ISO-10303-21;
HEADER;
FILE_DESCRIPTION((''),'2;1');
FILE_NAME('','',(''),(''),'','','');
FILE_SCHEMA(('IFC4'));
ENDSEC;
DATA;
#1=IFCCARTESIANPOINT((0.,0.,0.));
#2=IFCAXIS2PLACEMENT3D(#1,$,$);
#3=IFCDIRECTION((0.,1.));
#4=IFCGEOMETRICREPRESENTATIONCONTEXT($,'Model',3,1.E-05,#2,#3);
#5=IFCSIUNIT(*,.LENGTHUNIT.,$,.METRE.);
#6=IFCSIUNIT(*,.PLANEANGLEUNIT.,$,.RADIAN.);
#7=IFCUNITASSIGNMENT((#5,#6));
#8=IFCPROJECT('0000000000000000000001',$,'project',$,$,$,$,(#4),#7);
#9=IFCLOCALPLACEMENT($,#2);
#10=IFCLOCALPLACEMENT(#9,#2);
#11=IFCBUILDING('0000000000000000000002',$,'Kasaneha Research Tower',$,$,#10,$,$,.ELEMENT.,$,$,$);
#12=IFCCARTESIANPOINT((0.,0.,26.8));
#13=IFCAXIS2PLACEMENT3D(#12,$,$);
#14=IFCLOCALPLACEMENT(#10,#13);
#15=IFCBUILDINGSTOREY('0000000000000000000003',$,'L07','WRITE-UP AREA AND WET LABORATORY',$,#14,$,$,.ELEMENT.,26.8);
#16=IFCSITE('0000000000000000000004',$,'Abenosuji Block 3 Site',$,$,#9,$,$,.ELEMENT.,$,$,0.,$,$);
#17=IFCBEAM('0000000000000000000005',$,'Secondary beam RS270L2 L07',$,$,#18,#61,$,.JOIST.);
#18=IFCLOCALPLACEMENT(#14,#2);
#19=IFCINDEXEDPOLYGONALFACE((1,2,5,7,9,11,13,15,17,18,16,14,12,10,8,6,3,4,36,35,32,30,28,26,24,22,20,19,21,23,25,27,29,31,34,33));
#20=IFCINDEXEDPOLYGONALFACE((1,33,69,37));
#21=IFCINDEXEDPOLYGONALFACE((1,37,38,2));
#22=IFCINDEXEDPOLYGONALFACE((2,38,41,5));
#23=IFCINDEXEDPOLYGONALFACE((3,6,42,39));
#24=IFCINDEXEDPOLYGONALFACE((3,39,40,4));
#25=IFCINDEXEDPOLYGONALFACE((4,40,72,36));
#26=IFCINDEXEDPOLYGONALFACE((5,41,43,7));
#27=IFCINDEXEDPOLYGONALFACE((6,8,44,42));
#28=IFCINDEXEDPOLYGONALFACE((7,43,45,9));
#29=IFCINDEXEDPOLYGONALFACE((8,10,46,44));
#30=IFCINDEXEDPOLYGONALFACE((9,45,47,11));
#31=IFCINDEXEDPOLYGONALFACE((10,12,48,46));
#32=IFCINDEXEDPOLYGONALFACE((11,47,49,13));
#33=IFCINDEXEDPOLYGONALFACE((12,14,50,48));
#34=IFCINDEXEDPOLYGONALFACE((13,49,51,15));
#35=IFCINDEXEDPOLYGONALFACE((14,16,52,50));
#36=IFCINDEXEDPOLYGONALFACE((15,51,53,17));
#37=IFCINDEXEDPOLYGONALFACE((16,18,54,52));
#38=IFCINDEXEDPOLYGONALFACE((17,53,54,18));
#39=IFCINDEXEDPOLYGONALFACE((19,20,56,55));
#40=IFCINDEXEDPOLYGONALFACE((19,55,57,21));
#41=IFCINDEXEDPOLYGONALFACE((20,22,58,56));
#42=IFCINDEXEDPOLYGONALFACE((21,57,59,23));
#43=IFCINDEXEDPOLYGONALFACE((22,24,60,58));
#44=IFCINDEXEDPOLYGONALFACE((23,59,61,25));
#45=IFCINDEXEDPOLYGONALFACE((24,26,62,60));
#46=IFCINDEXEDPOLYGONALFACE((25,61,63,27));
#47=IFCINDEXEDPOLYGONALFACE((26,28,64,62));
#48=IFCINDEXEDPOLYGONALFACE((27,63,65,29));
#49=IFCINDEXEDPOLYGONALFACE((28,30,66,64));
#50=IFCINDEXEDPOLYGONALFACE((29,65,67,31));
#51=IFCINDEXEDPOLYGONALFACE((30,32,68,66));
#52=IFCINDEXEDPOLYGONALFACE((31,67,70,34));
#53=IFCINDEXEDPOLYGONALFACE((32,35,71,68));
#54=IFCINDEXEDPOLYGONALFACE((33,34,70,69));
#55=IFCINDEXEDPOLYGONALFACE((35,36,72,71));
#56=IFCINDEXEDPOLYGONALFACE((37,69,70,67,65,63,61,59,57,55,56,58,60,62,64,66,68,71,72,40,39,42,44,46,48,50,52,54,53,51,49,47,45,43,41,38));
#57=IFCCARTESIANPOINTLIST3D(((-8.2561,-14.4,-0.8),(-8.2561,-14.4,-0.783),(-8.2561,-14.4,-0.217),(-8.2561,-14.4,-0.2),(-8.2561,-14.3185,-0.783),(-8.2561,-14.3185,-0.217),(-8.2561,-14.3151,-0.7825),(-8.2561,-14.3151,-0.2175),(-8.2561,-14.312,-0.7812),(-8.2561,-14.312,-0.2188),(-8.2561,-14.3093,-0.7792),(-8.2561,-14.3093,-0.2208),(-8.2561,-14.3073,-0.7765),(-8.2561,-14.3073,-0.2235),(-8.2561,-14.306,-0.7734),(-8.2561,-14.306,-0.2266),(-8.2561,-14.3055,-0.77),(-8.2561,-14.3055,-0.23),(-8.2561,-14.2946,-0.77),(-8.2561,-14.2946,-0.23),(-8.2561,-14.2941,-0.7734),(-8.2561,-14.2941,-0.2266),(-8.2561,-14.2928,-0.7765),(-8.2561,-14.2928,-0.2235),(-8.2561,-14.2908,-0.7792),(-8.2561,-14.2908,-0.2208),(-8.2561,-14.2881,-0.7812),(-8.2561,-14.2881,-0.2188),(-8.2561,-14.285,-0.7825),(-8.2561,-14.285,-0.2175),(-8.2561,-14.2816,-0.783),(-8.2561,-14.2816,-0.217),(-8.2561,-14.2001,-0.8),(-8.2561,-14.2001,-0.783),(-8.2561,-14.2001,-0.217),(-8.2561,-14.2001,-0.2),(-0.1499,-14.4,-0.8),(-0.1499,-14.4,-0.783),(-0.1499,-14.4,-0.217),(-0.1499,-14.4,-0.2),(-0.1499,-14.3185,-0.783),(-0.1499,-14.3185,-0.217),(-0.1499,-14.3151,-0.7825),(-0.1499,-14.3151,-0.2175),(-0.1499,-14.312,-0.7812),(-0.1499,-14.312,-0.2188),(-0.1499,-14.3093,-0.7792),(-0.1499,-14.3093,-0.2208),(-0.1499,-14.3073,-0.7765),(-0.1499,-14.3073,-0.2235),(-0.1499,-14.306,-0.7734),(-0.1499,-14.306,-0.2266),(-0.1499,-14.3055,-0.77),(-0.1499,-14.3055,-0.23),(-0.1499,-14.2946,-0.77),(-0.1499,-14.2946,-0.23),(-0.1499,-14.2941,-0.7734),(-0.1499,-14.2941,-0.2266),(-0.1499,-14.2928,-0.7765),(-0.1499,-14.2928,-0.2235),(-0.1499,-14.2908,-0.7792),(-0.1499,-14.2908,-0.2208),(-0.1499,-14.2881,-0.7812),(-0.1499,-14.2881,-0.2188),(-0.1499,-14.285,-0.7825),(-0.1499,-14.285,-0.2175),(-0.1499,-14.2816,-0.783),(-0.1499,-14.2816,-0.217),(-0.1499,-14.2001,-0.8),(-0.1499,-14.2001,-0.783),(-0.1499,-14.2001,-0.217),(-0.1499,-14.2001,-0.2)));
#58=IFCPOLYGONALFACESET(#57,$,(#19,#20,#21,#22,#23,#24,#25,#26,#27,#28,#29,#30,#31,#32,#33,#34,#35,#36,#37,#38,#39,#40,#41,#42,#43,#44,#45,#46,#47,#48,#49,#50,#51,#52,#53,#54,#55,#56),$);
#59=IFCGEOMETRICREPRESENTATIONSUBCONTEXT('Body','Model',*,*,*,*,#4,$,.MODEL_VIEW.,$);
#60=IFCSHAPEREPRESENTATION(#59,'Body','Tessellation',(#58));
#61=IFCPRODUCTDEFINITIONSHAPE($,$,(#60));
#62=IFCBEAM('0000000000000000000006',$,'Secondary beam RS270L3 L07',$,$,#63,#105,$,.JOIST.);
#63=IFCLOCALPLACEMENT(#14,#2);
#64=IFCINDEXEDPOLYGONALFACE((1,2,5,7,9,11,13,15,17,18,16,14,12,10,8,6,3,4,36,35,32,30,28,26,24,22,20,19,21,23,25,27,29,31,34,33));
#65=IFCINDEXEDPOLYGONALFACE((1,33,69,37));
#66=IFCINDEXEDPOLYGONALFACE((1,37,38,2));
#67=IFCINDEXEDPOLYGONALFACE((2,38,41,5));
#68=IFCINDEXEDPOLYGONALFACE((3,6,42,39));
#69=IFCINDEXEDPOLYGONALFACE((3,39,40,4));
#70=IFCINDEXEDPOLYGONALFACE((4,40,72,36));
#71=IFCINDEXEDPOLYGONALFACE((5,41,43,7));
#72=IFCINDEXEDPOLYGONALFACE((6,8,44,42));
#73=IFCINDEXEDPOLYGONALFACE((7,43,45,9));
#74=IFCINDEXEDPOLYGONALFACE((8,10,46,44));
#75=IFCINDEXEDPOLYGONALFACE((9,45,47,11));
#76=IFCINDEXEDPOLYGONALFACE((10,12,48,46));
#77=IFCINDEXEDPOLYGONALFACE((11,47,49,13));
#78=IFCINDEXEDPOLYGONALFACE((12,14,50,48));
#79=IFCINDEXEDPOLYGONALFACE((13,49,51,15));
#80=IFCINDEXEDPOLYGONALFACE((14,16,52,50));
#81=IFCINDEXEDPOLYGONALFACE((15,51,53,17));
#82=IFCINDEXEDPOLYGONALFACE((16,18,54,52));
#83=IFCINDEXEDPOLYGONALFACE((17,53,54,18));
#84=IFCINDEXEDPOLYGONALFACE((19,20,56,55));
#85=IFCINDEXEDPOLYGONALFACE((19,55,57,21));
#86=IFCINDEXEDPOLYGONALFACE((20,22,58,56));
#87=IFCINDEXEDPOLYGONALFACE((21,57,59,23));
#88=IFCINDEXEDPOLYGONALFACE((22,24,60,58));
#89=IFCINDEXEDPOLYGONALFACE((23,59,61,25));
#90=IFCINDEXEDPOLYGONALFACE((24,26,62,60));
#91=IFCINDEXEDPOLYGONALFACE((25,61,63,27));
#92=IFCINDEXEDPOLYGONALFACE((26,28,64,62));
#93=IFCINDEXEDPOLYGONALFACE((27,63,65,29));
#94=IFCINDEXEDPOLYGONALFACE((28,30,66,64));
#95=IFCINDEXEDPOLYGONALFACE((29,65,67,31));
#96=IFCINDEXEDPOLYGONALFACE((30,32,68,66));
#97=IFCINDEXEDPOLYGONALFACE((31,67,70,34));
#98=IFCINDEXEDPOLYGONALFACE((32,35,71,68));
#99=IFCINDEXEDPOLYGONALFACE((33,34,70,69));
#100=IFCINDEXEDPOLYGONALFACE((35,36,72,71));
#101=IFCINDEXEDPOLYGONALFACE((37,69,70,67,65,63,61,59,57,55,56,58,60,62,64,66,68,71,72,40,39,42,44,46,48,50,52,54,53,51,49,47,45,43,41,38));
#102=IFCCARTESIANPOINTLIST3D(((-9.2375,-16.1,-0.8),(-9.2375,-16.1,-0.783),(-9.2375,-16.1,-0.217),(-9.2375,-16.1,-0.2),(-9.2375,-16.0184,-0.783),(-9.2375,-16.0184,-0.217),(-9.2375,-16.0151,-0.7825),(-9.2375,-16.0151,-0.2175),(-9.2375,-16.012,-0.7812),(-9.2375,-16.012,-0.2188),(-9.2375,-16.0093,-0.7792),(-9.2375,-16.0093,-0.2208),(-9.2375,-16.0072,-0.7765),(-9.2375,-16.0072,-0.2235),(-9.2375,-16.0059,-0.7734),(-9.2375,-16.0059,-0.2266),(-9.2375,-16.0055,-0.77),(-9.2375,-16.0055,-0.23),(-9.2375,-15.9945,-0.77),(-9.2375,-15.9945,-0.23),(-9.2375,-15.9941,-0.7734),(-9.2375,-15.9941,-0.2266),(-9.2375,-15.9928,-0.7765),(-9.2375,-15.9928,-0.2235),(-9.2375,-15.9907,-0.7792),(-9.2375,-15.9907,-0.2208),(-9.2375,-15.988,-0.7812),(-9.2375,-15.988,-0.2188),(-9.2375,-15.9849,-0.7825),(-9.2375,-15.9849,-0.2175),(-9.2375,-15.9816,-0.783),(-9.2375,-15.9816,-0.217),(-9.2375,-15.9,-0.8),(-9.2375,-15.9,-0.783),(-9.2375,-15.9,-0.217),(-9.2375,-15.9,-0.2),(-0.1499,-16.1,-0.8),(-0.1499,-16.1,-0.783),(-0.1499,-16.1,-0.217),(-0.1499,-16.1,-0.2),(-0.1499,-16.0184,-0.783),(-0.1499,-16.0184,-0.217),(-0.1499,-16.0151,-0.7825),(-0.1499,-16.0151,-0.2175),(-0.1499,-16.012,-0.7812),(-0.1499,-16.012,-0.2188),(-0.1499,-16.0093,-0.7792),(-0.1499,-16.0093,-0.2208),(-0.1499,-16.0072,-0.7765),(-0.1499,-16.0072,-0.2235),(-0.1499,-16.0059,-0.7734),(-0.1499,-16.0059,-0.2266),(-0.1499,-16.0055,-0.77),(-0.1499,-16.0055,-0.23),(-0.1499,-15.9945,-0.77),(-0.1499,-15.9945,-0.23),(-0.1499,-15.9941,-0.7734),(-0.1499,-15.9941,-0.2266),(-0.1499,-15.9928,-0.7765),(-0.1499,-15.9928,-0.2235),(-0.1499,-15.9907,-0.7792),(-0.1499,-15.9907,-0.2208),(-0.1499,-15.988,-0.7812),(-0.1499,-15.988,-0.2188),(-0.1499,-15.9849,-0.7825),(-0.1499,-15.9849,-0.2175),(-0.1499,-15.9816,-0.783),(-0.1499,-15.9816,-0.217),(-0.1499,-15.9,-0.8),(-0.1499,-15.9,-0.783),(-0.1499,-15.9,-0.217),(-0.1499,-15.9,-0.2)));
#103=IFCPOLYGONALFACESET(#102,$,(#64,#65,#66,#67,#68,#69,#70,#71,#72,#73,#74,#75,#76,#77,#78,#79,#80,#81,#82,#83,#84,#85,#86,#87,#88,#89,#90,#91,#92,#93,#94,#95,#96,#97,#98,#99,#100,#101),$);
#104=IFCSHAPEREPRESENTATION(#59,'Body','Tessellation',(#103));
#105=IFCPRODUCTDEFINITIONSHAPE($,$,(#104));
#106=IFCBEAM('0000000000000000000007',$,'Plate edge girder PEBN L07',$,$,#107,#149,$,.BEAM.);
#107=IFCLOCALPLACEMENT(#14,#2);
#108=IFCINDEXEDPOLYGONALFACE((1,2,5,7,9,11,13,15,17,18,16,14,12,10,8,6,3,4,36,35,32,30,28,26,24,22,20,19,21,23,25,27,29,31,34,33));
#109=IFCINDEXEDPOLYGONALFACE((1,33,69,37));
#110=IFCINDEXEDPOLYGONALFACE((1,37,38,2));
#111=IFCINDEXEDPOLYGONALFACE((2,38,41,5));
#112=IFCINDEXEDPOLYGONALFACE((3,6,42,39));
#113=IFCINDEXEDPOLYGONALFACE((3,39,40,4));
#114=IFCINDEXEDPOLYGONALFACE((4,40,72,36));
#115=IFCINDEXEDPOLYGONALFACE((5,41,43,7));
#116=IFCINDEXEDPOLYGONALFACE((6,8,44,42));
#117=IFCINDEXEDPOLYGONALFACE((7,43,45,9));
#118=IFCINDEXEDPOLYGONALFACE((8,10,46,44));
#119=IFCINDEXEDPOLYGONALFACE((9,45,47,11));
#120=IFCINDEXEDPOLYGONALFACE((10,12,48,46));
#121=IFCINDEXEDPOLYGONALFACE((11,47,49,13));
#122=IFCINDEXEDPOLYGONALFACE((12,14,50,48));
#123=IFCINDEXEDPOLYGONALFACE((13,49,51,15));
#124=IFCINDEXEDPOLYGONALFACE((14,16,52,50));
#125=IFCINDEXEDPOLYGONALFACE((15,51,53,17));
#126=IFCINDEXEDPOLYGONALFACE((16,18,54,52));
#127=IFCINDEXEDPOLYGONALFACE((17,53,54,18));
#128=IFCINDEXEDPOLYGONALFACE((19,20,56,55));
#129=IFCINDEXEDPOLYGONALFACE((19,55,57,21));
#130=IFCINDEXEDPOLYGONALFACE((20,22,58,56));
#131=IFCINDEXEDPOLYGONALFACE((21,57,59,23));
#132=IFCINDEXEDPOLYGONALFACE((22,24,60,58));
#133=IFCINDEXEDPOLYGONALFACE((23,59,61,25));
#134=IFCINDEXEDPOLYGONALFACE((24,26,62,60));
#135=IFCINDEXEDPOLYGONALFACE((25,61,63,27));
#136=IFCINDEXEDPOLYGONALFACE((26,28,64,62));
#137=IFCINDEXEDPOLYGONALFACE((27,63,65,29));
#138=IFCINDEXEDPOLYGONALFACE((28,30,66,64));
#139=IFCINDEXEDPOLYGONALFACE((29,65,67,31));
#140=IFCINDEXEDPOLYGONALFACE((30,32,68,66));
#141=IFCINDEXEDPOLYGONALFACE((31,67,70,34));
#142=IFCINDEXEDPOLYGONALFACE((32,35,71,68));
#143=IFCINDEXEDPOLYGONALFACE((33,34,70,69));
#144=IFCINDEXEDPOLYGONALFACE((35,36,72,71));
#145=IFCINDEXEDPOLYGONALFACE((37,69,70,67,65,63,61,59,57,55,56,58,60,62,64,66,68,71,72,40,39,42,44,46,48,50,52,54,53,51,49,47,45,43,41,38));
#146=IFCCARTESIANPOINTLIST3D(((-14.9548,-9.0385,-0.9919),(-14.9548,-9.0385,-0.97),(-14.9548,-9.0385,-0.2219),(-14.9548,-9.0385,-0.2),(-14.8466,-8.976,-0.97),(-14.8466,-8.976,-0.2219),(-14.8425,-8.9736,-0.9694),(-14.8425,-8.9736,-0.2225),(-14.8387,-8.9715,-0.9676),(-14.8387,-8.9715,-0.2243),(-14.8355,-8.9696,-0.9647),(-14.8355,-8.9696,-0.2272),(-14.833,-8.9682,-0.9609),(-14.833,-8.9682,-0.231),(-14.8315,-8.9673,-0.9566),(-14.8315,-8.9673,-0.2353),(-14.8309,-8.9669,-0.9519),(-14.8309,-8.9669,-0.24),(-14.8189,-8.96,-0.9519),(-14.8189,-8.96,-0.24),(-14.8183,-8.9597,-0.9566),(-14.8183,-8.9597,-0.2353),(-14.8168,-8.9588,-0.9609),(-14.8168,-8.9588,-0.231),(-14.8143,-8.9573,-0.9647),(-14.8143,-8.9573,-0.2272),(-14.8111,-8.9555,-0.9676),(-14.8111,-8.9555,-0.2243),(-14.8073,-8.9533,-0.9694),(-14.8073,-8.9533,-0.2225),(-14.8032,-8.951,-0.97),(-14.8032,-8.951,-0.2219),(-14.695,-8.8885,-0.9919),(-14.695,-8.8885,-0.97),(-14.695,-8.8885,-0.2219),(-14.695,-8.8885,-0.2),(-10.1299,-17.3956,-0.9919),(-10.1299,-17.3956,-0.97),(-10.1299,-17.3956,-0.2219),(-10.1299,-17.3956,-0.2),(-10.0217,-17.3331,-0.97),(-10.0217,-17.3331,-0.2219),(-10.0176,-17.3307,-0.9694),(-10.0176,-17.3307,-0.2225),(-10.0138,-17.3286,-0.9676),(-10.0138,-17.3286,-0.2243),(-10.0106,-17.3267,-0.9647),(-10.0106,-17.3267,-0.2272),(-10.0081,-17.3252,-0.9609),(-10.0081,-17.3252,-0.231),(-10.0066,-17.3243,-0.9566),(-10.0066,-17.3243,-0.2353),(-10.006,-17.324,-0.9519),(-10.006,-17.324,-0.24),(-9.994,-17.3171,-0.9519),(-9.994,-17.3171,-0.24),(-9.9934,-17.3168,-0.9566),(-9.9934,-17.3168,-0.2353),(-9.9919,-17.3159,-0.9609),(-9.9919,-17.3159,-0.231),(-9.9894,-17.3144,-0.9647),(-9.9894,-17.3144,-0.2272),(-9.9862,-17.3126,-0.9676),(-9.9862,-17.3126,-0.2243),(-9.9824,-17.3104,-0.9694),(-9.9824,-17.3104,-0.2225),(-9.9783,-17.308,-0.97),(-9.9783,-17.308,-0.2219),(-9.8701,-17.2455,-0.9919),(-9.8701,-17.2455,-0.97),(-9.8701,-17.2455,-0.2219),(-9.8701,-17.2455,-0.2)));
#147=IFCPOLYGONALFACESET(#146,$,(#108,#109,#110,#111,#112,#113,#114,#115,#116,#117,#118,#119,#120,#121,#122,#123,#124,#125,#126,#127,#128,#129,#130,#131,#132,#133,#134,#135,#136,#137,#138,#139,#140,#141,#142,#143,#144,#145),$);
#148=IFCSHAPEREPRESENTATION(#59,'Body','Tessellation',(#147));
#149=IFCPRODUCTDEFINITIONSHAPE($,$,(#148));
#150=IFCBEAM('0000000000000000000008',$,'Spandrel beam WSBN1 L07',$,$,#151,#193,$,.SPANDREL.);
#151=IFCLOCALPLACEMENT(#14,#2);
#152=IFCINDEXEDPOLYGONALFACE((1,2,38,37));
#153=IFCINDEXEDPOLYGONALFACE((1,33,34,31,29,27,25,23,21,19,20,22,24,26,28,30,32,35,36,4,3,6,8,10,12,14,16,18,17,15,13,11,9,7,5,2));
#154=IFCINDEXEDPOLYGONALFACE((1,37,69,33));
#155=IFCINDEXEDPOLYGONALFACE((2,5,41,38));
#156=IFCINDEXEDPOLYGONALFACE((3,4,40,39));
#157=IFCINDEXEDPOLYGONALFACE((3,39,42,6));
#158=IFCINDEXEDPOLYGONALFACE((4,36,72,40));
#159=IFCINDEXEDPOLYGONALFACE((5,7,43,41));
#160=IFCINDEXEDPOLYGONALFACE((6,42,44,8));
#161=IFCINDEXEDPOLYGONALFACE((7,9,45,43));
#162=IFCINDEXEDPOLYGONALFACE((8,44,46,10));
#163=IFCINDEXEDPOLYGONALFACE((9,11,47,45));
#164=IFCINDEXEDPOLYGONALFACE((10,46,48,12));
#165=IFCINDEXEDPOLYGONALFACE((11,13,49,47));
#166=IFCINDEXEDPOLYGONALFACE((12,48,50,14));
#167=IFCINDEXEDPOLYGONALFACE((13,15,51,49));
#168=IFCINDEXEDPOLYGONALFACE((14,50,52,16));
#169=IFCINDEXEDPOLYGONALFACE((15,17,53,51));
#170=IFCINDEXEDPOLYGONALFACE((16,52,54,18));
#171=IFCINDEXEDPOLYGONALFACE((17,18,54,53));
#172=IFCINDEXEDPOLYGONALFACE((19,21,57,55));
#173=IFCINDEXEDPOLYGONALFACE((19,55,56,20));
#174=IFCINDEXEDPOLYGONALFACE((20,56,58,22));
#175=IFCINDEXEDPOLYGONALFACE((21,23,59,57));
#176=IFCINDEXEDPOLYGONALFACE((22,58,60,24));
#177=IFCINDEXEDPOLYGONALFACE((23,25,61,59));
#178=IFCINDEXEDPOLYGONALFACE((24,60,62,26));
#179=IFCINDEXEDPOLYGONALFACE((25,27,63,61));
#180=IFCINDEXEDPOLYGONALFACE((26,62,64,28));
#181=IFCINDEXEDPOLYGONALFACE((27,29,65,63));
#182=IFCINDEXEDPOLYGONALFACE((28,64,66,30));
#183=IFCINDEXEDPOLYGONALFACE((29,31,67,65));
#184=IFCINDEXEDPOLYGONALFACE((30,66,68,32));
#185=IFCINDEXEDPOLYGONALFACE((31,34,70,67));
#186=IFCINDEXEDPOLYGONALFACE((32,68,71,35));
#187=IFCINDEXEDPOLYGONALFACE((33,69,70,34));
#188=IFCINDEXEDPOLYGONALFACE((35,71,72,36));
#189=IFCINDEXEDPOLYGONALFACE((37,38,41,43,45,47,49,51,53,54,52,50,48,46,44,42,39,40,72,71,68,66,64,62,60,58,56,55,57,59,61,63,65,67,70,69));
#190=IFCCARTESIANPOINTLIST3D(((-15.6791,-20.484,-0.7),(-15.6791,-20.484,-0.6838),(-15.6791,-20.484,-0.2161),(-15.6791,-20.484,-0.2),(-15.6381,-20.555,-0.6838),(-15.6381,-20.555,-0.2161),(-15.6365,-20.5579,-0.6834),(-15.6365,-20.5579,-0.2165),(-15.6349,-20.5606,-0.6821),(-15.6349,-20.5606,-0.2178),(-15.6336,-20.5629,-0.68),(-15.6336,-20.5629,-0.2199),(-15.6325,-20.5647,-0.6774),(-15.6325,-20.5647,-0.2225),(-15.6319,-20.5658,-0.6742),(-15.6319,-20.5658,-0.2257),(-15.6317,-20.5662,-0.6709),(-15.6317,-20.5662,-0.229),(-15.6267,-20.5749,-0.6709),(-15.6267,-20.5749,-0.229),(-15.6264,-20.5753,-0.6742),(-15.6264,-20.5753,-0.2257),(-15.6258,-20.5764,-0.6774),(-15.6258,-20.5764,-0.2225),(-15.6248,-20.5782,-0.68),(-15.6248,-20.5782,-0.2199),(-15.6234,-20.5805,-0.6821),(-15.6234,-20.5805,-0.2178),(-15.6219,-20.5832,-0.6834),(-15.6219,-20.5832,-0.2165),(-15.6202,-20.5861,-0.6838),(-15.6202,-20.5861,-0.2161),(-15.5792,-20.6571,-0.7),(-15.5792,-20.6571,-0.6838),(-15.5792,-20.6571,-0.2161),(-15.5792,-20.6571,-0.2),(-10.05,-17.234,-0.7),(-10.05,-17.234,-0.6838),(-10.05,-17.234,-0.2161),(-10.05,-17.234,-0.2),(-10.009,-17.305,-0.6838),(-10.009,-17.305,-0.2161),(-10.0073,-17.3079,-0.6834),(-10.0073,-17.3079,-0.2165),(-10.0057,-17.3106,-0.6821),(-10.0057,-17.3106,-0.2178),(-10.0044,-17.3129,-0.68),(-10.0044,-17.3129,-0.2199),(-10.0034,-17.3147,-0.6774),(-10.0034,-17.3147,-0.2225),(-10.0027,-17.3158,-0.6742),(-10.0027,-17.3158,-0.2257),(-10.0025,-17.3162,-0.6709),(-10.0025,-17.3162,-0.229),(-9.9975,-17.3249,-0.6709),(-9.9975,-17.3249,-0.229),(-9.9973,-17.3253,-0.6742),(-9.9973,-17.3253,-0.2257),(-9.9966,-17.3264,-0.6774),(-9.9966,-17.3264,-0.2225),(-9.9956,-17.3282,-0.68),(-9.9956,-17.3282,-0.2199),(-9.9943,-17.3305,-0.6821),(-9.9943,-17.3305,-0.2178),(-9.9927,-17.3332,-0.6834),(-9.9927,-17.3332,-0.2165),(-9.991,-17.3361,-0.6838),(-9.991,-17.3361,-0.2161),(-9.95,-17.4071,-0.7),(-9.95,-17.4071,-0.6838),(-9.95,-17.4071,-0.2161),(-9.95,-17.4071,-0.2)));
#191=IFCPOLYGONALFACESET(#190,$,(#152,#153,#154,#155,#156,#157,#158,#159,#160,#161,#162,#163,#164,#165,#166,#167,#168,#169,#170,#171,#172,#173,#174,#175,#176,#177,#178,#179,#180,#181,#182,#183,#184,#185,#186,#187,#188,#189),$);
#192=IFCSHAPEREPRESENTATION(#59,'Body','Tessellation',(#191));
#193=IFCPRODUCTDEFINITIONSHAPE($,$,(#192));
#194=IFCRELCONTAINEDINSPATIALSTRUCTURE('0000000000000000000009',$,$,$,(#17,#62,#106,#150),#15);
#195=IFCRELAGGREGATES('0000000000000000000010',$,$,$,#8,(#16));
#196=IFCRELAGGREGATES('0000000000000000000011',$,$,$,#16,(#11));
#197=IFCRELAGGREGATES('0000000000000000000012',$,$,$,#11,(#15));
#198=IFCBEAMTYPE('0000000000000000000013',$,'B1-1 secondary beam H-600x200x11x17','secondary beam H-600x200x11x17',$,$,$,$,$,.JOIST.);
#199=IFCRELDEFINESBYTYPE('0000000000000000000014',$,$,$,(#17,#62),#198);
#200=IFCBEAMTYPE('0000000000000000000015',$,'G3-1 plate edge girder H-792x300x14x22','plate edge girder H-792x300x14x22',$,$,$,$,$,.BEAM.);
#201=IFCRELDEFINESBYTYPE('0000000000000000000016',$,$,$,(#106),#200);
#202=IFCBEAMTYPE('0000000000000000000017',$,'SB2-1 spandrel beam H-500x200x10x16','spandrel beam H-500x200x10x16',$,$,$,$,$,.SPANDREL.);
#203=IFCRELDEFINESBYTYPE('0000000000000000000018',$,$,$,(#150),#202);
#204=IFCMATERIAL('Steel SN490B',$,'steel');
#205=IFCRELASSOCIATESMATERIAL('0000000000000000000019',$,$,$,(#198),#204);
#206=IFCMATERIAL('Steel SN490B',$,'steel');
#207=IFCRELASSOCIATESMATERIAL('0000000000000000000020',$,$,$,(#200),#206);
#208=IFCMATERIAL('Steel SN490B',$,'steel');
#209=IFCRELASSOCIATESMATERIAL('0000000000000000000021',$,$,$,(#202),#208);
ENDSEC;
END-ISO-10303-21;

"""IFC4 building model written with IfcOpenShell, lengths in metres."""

from ifc_helpers import new_model, si_unit, direction, frame, origin, origin_2d, place, context, subcontext, project, spatial, i_section, extrude, material, material_profile, profile_set, type_object, element, save


model = new_model("IFC4")

# Units and contexts
model_context = context("Model", 3, precision=1e-05, world=origin(), true_north=direction((0.0, 1.0)))
body_context = subcontext(model_context, "Body", "Model", "MODEL_VIEW")
ifc_project = project(units=[si_unit("LENGTHUNIT", "METRE"), si_unit("PLANEANGLEUNIT", "RADIAN")], contexts=[model_context])

# Site, building, storey
site_placement = place(None, origin())
site = spatial("IfcSite", under=ifc_project, at=site_placement, Name="Abenosuji Block 3 Site", CompositionType="ELEMENT", RefElevation=0.0)
building_placement = place(site_placement, origin())
building = spatial("IfcBuilding", under=site, at=building_placement, Name="Kasaneha Research Tower", CompositionType="ELEMENT")
storey_placement = place(building_placement, frame((0.0, 0.0, 26.8)))
storey = spatial("IfcBuildingStorey", under=building, at=storey_placement, Name="L07", Description="WRITE-UP AREA AND WET LABORATORY", CompositionType="ELEMENT", Elevation=26.8)

# Beams
ifc_material_1 = material(Name="Steel SN490B", Category="steel")
ifc_material_profile_1 = material_profile(ifc_material_1, i_section(OverallWidth=0.2, OverallDepth=0.6001, WebThickness=0.011, FlangeThickness=0.0171, FilletRadius=0.0129, at=origin_2d()), Name="H-600x200x11x17")
ifc_profile_set_1 = profile_set([ifc_material_profile_1], Name="Steel SN490B")
beam_type_1 = type_object("IfcBeamType", Name="B1-1 secondary beam H-600x200x11x17", Description="secondary beam H-600x200x11x17", PredefinedType="JOIST", material=ifc_profile_set_1)
beam_1_placement = place(storey_placement, frame((-8.2561, -14.3, -0.5), z_axis=(1.0, 0.0, 0.0), x_axis=(0.0, 1.0, 0.0)))
element("IfcBeam", 1, at=beam_1_placement, inside=storey, type_object=beam_type_1, Name="Secondary beam RS270L2 L07", PredefinedType="JOIST", context=body_context, shape_type="SweptSolid", body=[
    extrude(i_section(OverallWidth=0.2, OverallDepth=0.6001, WebThickness=0.011, FlangeThickness=0.0171, FilletRadius=0.0129, at=origin_2d()), origin(), (0.0, 0.0, 1.0), 8.1062),
])
beam_2_placement = place(storey_placement, frame((-9.2375, -16.0, -0.5), z_axis=(1.0, 0.0, 0.0), x_axis=(0.0, 1.0, 0.0)))
element("IfcBeam", 2, at=beam_2_placement, inside=storey, type_object=beam_type_1, Name="Secondary beam RS270L3 L07", PredefinedType="JOIST", context=body_context, shape_type="SweptSolid", body=[
    extrude(i_section(OverallWidth=0.2, OverallDepth=0.6001, WebThickness=0.011, FlangeThickness=0.0171, FilletRadius=0.0129, at=origin_2d()), origin(), (0.0, 0.0, 1.0), 9.0876),
])
ifc_material_2 = material(Name="Steel SN490B", Category="steel")
ifc_material_profile_2 = material_profile(ifc_material_2, i_section(OverallWidth=0.3, OverallDepth=0.792, WebThickness=0.0139, FlangeThickness=0.022, FilletRadius=0.0181, at=origin_2d()), Name="H-792x300x14x22")
ifc_profile_set_2 = profile_set([ifc_material_profile_2], Name="Steel SN490B")
beam_type_2 = type_object("IfcBeamType", Name="G3-1 plate edge girder H-792x300x14x22", Description="plate edge girder H-792x300x14x22", PredefinedType="BEAM", material=ifc_profile_set_2)
beam_3_placement = place(storey_placement, frame((-10.0, -17.3206, -0.5959), z_axis=(-0.499995, 0.866028, 0.0), x_axis=(-0.866028, -0.499995, 0.0)))
element("IfcBeam", 3, at=beam_3_placement, inside=storey, type_object=beam_type_2, Name="Plate edge girder PEBN L07", PredefinedType="BEAM", context=body_context, shape_type="SweptSolid", body=[
    extrude(i_section(OverallWidth=0.3, OverallDepth=0.792, WebThickness=0.0139, FlangeThickness=0.022, FilletRadius=0.0181, at=origin_2d()), origin(), (0.0, 0.0, 1.0), 9.6499),
])
ifc_material_3 = material(Name="Steel SN490B", Category="steel")
ifc_material_profile_3 = material_profile(ifc_material_3, i_section(OverallWidth=0.2, OverallDepth=0.5, WebThickness=0.01, FlangeThickness=0.0161, FilletRadius=0.0129, at=origin_2d()), Name="H-500x200x10x16")
ifc_profile_set_3 = profile_set([ifc_material_profile_3], Name="Steel SN490B")
beam_type_3 = type_object("IfcBeamType", Name="SB2-1 spandrel beam H-500x200x10x16", Description="spandrel beam H-500x200x10x16", PredefinedType="SPANDREL", material=ifc_profile_set_3)
beam_4_placement = place(storey_placement, frame((-10.0, -17.3206, -0.45), z_axis=(-0.866025, -0.500001, 0.0), x_axis=(0.500001, -0.866025, 0.0)))
element("IfcBeam", 4, at=beam_4_placement, inside=storey, type_object=beam_type_3, Name="Spandrel beam WSBN1 L07", PredefinedType="SPANDREL", context=body_context, shape_type="SweptSolid", body=[
    extrude(i_section(OverallWidth=0.2, OverallDepth=0.5, WebThickness=0.01, FlangeThickness=0.0161, FilletRadius=0.0129, at=origin_2d()), origin(), (0.0, 0.0, 1.0), 6.5),
])

save(model, "model.ifc")
